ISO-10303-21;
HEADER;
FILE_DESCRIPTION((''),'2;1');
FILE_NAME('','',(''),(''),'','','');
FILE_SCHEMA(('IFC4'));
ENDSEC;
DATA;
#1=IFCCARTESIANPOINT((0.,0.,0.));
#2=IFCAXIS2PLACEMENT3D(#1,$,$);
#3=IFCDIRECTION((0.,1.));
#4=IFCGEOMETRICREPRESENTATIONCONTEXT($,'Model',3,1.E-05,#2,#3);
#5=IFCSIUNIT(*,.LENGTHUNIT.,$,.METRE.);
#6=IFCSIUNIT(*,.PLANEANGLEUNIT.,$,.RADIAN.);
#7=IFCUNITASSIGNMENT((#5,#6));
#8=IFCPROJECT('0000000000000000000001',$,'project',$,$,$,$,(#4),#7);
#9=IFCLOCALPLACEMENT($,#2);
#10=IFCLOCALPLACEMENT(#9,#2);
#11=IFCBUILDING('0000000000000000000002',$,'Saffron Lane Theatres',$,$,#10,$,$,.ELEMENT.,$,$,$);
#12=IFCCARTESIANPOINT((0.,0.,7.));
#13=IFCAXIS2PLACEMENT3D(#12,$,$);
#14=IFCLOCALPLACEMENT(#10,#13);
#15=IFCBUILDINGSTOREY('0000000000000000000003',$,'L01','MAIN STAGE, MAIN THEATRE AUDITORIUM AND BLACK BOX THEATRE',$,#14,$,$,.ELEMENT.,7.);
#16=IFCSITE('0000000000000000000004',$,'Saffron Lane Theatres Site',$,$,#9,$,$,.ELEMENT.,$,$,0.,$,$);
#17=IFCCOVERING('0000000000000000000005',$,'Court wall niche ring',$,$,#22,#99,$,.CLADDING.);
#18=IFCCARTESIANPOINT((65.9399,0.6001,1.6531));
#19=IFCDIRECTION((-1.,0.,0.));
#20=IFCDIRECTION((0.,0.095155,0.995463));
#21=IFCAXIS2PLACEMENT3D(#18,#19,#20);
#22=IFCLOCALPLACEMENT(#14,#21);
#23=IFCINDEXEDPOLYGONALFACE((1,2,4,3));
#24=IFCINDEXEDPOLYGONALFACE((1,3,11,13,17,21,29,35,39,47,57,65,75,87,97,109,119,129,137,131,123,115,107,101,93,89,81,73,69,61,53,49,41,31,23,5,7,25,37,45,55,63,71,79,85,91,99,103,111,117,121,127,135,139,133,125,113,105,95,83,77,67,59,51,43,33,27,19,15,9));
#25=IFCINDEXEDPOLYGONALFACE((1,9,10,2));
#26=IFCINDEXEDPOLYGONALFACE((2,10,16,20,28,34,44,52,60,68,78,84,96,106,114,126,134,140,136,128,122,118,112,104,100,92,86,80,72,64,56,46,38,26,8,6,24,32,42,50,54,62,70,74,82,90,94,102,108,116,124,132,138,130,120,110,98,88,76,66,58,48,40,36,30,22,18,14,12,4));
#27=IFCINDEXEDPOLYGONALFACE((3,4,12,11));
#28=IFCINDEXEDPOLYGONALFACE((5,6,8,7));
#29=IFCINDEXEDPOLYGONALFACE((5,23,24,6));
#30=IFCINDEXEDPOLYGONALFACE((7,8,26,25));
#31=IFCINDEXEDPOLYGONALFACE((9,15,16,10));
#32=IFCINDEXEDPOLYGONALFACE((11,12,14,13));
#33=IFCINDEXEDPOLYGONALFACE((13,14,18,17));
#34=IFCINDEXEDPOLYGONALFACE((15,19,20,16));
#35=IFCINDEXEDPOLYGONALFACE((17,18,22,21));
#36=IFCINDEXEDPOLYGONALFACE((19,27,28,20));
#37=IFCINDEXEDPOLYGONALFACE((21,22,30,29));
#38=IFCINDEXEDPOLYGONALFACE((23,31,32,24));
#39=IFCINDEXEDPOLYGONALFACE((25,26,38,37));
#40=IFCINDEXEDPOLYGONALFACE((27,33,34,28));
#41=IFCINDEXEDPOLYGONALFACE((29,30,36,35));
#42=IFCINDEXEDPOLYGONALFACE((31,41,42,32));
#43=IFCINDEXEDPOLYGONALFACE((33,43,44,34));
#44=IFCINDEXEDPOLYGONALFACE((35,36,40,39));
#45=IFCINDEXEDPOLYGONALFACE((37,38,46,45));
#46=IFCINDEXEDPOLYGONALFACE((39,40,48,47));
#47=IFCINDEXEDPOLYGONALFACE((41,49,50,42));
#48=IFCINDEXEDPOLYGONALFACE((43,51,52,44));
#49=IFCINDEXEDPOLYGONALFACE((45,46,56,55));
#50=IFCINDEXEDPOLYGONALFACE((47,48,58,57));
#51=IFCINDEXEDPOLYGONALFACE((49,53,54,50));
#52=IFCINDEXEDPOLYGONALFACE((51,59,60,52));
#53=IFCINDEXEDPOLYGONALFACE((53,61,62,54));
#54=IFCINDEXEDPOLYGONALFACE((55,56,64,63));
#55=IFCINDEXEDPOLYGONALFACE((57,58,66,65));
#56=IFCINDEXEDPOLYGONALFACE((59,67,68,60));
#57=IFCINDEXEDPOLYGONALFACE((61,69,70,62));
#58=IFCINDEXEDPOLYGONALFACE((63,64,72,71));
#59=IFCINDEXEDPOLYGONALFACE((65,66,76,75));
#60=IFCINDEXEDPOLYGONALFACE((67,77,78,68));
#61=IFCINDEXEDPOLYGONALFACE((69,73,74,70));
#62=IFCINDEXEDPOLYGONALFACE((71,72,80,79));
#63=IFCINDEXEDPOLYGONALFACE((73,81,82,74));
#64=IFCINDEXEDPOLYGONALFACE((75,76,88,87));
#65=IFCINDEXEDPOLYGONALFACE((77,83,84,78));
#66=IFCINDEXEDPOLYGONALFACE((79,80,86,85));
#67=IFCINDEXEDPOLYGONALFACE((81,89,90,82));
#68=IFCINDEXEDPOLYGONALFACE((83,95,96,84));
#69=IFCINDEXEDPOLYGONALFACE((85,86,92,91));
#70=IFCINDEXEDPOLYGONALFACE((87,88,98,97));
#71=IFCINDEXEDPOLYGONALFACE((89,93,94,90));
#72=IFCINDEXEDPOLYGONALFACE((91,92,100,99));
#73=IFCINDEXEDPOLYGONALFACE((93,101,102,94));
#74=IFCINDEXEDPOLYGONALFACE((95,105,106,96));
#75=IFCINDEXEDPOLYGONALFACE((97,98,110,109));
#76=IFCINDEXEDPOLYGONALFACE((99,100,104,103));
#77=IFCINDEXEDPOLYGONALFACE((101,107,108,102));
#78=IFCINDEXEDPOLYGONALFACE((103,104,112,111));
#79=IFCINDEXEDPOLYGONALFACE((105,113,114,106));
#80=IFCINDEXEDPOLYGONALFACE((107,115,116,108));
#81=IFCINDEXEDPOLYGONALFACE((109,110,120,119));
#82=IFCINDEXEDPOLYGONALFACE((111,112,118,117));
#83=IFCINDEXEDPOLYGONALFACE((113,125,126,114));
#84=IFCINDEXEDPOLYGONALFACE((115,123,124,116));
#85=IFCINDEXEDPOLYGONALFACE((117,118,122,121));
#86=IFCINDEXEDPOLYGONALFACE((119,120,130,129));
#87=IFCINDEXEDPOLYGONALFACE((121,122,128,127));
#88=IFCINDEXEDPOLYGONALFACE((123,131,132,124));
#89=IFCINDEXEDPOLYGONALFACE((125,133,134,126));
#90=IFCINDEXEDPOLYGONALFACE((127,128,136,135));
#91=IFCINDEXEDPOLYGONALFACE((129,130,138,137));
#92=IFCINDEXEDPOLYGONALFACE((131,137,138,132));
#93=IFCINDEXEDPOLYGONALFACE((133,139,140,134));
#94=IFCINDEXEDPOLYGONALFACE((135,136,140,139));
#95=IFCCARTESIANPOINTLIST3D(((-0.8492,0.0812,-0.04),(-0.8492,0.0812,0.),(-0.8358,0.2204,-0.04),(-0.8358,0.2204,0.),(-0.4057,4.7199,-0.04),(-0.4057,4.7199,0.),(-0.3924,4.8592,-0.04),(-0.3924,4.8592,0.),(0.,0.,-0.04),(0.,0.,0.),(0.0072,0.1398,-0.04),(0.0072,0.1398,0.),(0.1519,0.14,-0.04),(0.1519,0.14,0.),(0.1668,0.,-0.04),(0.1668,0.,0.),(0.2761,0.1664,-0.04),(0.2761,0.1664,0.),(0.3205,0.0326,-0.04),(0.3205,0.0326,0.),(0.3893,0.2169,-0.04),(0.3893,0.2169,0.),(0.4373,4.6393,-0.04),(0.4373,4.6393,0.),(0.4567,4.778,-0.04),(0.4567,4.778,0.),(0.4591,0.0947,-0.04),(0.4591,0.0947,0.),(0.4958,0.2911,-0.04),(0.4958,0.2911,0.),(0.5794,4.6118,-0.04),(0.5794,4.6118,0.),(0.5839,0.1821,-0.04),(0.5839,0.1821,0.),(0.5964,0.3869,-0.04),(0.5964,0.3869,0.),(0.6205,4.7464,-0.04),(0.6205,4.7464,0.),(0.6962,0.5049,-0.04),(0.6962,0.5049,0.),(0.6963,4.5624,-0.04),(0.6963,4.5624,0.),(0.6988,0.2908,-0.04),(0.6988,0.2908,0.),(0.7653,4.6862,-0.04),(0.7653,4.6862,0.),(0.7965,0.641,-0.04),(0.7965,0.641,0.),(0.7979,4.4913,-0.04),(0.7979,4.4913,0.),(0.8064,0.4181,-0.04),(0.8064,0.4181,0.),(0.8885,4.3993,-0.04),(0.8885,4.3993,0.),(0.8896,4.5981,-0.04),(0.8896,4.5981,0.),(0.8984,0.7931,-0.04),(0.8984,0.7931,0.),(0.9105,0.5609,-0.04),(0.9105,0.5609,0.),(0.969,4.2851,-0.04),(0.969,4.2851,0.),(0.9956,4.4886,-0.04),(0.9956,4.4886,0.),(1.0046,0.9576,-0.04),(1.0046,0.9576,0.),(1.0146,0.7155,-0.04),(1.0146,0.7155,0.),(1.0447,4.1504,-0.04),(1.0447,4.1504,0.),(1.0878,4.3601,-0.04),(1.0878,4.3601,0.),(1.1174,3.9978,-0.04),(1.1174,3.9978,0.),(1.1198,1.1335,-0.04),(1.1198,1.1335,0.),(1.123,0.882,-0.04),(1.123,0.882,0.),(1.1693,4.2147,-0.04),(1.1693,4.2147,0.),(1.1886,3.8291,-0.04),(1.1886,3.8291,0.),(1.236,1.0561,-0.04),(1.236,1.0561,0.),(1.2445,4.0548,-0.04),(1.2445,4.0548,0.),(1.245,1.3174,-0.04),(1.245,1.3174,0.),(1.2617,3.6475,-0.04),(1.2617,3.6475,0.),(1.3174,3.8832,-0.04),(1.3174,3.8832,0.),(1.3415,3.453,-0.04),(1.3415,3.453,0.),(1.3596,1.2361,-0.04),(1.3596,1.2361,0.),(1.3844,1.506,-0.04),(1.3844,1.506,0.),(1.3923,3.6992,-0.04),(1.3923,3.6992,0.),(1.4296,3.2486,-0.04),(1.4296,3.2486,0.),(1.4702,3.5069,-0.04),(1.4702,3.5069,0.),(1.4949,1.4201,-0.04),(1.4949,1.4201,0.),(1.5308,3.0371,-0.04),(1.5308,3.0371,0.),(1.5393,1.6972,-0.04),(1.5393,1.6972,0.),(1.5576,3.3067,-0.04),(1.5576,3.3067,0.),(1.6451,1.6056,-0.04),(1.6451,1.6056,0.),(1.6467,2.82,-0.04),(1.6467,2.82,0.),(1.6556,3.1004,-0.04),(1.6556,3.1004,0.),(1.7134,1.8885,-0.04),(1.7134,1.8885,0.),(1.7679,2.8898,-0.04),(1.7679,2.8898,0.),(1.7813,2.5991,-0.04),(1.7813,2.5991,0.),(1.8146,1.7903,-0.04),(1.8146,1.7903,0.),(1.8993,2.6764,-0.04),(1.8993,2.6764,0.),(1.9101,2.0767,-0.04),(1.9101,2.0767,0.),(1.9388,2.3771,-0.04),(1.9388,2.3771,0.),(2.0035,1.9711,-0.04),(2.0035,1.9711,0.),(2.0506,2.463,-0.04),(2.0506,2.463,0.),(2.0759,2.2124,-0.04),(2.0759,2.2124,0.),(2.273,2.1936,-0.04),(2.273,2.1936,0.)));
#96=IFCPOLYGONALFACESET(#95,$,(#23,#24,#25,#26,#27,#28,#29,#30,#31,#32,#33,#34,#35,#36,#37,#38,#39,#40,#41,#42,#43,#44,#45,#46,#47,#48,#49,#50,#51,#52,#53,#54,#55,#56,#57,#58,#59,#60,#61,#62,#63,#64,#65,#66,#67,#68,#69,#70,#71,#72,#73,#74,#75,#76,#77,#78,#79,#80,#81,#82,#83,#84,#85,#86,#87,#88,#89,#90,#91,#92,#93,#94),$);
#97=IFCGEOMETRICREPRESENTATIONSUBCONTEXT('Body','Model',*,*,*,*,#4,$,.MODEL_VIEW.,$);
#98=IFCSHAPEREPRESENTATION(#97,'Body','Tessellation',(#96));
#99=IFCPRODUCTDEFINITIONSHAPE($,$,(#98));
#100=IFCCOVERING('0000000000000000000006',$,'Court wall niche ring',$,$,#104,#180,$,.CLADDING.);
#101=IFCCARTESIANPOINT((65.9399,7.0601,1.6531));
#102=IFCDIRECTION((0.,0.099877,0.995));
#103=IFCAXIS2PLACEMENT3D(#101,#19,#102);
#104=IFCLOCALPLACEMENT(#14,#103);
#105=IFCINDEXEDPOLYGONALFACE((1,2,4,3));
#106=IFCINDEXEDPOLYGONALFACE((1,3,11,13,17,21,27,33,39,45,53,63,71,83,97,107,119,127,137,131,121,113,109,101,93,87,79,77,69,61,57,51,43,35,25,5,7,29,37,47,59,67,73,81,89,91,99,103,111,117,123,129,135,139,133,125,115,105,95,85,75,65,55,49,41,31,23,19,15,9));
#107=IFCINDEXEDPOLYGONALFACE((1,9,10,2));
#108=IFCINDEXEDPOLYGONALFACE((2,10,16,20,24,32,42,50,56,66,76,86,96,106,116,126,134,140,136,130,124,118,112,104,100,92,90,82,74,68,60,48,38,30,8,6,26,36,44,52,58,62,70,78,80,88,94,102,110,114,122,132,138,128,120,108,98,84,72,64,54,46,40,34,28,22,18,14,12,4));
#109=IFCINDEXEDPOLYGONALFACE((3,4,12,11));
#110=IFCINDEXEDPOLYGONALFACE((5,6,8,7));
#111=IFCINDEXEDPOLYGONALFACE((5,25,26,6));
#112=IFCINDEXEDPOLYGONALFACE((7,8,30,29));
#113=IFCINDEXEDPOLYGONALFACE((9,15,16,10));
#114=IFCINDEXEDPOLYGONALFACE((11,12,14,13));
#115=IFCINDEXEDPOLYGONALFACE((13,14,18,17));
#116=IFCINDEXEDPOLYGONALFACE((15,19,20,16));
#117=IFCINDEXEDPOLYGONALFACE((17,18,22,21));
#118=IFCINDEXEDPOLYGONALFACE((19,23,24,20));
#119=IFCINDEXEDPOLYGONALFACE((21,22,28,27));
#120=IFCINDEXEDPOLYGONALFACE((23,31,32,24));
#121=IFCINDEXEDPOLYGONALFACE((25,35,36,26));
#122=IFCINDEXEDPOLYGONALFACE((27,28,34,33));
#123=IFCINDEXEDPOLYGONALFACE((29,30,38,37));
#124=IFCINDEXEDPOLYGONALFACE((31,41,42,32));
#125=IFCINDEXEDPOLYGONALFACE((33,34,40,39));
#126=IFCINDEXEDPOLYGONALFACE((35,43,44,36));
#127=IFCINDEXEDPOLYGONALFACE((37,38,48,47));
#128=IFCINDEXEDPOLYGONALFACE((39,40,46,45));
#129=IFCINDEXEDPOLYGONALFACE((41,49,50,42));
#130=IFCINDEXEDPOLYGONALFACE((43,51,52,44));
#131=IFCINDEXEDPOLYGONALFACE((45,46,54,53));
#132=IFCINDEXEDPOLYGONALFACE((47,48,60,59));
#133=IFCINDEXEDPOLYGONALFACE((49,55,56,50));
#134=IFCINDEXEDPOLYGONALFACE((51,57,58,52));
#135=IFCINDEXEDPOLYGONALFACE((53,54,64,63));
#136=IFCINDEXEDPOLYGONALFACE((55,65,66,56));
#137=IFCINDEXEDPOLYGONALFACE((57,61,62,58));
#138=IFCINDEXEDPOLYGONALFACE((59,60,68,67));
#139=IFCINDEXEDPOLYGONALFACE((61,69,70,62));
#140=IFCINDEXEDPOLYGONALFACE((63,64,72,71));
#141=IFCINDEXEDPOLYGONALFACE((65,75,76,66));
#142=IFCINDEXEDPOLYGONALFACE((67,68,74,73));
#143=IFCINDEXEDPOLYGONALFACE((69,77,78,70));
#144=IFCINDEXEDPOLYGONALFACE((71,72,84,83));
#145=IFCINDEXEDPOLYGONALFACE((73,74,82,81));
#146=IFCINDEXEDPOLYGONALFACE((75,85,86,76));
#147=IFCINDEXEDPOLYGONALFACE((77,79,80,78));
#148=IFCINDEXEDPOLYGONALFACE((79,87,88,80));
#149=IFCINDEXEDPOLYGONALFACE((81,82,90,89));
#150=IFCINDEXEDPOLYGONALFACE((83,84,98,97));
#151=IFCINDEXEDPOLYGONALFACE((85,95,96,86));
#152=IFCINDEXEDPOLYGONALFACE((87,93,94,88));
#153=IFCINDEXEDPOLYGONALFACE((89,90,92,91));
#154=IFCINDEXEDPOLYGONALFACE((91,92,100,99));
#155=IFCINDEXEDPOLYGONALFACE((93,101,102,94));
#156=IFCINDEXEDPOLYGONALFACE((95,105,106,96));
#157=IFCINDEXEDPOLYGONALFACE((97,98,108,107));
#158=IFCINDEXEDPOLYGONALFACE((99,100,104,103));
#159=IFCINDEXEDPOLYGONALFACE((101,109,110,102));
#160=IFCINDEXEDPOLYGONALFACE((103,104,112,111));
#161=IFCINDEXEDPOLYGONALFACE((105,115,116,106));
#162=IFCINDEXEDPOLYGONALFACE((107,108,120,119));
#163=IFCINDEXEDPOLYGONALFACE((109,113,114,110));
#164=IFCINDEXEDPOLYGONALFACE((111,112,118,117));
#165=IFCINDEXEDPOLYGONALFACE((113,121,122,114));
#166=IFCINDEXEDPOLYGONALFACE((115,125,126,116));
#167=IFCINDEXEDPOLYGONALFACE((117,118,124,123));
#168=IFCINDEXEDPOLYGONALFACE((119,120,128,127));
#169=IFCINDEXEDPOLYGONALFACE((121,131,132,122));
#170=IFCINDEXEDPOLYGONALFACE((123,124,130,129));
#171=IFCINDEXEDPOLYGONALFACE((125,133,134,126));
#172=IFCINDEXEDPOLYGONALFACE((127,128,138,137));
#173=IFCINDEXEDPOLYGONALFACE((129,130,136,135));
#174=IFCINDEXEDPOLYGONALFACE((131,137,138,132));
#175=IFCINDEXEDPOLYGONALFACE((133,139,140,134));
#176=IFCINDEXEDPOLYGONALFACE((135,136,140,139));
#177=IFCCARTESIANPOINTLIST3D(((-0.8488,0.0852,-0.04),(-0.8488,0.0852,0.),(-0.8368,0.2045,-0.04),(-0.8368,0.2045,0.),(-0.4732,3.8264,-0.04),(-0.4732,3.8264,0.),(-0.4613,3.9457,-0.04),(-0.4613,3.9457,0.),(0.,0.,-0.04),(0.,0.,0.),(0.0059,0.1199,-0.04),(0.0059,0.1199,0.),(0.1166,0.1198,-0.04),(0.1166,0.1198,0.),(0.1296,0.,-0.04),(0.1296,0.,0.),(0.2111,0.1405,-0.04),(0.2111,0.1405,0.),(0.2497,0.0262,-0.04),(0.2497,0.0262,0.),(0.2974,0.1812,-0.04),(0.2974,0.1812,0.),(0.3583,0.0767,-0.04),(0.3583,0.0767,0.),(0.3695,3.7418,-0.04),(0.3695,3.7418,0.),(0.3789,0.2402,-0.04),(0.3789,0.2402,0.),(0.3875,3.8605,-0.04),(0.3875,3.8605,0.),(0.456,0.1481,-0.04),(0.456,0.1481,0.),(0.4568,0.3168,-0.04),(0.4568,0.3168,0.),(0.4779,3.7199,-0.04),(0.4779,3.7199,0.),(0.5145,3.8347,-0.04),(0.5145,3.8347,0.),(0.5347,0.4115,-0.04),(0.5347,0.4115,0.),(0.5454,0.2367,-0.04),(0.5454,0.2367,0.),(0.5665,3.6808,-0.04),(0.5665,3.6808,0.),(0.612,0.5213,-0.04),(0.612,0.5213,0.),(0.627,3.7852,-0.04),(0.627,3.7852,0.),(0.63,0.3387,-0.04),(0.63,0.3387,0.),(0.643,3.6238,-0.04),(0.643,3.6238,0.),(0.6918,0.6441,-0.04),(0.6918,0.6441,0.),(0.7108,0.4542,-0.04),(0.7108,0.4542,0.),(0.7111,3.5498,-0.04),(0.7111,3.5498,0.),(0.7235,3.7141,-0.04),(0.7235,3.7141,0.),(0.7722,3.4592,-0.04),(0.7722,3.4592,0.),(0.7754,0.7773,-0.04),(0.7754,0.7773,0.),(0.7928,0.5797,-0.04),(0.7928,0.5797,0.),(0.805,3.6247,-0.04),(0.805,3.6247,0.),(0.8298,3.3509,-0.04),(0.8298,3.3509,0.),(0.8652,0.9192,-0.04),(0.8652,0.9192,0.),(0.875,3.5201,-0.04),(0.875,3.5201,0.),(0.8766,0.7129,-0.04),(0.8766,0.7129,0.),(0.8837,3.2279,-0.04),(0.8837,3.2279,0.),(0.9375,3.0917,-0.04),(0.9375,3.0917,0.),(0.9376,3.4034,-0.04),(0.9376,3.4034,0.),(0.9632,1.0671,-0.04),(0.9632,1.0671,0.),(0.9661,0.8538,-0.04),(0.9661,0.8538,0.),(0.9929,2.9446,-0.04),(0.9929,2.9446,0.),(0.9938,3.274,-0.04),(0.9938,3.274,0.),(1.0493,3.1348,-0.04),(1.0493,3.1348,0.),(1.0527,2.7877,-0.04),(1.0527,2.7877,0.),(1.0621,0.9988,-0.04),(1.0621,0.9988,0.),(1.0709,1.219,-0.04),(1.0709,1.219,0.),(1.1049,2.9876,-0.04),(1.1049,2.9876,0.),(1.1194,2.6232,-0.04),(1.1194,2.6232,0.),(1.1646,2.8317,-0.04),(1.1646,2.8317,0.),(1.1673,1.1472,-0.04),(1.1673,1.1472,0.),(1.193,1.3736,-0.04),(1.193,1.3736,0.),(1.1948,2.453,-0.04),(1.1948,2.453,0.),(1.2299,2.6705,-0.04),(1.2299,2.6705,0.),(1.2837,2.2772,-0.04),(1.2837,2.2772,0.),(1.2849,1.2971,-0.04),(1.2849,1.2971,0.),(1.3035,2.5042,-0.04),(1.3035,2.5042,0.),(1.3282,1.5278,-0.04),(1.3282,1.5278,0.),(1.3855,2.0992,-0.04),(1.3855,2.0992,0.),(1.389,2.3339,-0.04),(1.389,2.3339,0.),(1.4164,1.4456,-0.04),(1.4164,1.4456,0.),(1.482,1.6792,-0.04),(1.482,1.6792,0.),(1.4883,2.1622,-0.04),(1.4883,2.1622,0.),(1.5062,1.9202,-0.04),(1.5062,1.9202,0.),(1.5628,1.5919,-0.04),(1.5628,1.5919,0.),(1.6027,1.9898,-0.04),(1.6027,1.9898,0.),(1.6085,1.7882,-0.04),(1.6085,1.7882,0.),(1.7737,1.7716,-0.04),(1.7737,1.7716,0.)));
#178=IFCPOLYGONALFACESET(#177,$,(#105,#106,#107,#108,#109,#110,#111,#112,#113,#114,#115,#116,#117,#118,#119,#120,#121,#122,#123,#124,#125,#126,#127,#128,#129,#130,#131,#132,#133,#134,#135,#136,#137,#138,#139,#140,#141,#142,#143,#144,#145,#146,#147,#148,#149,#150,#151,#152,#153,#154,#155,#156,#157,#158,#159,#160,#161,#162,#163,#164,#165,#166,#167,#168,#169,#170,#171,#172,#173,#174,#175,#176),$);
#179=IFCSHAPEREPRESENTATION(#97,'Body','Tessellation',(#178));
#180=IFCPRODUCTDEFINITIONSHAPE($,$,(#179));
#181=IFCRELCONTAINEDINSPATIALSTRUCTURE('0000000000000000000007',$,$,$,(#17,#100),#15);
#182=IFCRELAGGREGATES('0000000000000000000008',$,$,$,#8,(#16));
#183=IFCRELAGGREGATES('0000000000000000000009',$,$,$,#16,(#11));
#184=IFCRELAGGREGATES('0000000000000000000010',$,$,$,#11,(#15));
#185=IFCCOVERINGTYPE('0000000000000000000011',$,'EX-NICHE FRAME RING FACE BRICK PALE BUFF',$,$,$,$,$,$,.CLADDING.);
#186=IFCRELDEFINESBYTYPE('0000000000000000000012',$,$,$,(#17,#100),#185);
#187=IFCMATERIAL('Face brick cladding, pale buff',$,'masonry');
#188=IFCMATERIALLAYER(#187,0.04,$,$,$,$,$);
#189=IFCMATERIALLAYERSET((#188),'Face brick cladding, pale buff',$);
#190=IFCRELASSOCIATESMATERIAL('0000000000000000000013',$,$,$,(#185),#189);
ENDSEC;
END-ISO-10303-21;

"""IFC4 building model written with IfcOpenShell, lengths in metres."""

from ifc_helpers import new_model, si_unit, direction, frame, origin, place, context, subcontext, project, spatial, polyline, outline, extrude, material, layer, layer_set, type_object, element, save


model = new_model("IFC4")

# Units and contexts
model_context = context("Model", 3, precision=1e-05, world=origin(), true_north=direction((0.0, 1.0)))
body_context = subcontext(model_context, "Body", "Model", "MODEL_VIEW")
ifc_project = project(units=[si_unit("LENGTHUNIT", "METRE"), si_unit("PLANEANGLEUNIT", "RADIAN")], contexts=[model_context])

# Site, building, storey
site_placement = place(None, origin())
site = spatial("IfcSite", under=ifc_project, at=site_placement, Name="Saffron Lane Theatres Site", CompositionType="ELEMENT", RefElevation=0.0)
building_placement = place(site_placement, origin())
building = spatial("IfcBuilding", under=site, at=building_placement, Name="Saffron Lane Theatres", CompositionType="ELEMENT")
storey_placement = place(building_placement, frame((0.0, 0.0, 7.0)))
storey = spatial("IfcBuildingStorey", under=building, at=storey_placement, Name="L01", Description="MAIN STAGE, MAIN THEATRE AUDITORIUM AND BLACK BOX THEATRE", CompositionType="ELEMENT", Elevation=7.0)

# Coverings
ifc_material_1 = material(Name="Face brick cladding, pale buff", Category="masonry")
ifc_layer_1 = layer(ifc_material_1, 0.04)
ifc_layer_set_1 = layer_set([ifc_layer_1], Name="Face brick cladding, pale buff")
covering_type_1 = type_object("IfcCoveringType", Name="EX-NICHE FRAME RING FACE BRICK PALE BUFF", PredefinedType="CLADDING", material=ifc_layer_set_1)
covering_1_placement = place(storey_placement, frame((65.9399, 0.6001, 1.6531), z_axis=(-1.0, 0.0, 0.0), x_axis=(0.0, 0.095155, 0.995463)))
element("IfcCovering", 1, at=covering_1_placement, inside=storey, type_object=covering_type_1, Name="Court wall niche ring", PredefinedType="CLADDING", context=body_context, shape_type="SweptSolid", body=[
    extrude(outline(polyline([(0.0, 0.0), (0.1668, 0.0), (0.3205, 0.0326), (0.4591, 0.0947), (0.5839, 0.1821), (0.6988, 0.2908), (0.8064, 0.4181), (0.9105, 0.5609), (1.0146, 0.7155), (1.123, 0.882), (1.236, 1.0561), (1.3596, 1.2361), (1.4949, 1.4201), (1.6451, 1.6056), (1.8146, 1.7903), (2.0035, 1.9711), (2.273, 2.1936), (2.0506, 2.463), (1.8993, 2.6764), (1.7679, 2.8898), (1.6556, 3.1004), (1.5576, 3.3067), (1.4702, 3.5069), (1.3923, 3.6992), (1.3174, 3.8832), (1.2445, 4.0548), (1.1693, 4.2147), (1.0878, 4.3601), (0.9956, 4.4886), (0.8896, 4.5981), (0.7653, 4.6862), (0.6205, 4.7464), (0.4567, 4.778), (-0.3924, 4.8592), (-0.4057, 4.7199), (0.4373, 4.6393), (0.5794, 4.6118), (0.6963, 4.5624), (0.7979, 4.4913), (0.8885, 4.3993), (0.969, 4.2851), (1.0447, 4.1504), (1.1174, 3.9978), (1.1886, 3.8291), (1.2617, 3.6475), (1.3415, 3.453), (1.4296, 3.2486), (1.5308, 3.0371), (1.6467, 2.82), (1.7813, 2.5991), (1.9388, 2.3771), (2.0759, 2.2124), (1.9101, 2.0767), (1.7134, 1.8885), (1.5393, 1.6972), (1.3844, 1.506), (1.245, 1.3174), (1.1198, 1.1335), (1.0046, 0.9576), (0.8984, 0.7931), (0.7965, 0.641), (0.6962, 0.5049), (0.5964, 0.3869), (0.4958, 0.2911), (0.3893, 0.2169), (0.2761, 0.1664), (0.1519, 0.14), (0.0072, 0.1398), (-0.8358, 0.2204), (-0.8492, 0.0812), (0.0, 0.0)])), origin(), (0.0, 0.0, -1.0), 0.04),
])
covering_2_placement = place(storey_placement, frame((65.9399, 7.0601, 1.6531), z_axis=(-1.0, 0.0, 0.0), x_axis=(0.0, 0.099877, 0.995)))
element("IfcCovering", 2, at=covering_2_placement, inside=storey, type_object=covering_type_1, Name="Court wall niche ring", PredefinedType="CLADDING", context=body_context, shape_type="SweptSolid", body=[
    extrude(outline(polyline([(0.0, 0.0), (0.1296, 0.0), (0.2497, 0.0262), (0.3583, 0.0767), (0.456, 0.1481), (0.5454, 0.2367), (0.63, 0.3387), (0.7108, 0.4542), (0.7928, 0.5797), (0.8766, 0.7129), (0.9661, 0.8538), (1.0621, 0.9988), (1.1673, 1.1472), (1.2849, 1.2971), (1.4164, 1.4456), (1.5628, 1.5919), (1.7737, 1.7716), (1.6027, 1.9898), (1.4883, 2.1622), (1.389, 2.3339), (1.3035, 2.5042), (1.2299, 2.6705), (1.1646, 2.8317), (1.1049, 2.9876), (1.0493, 3.1348), (0.9938, 3.274), (0.9376, 3.4034), (0.875, 3.5201), (0.805, 3.6247), (0.7235, 3.7141), (0.627, 3.7852), (0.5145, 3.8347), (0.3875, 3.8605), (-0.4613, 3.9457), (-0.4732, 3.8264), (0.3695, 3.7418), (0.4779, 3.7199), (0.5665, 3.6808), (0.643, 3.6238), (0.7111, 3.5498), (0.7722, 3.4592), (0.8298, 3.3509), (0.8837, 3.2279), (0.9375, 3.0917), (0.9929, 2.9446), (1.0527, 2.7877), (1.1194, 2.6232), (1.1948, 2.453), (1.2837, 2.2772), (1.3855, 2.0992), (1.5062, 1.9202), (1.6085, 1.7882), (1.482, 1.6792), (1.3282, 1.5278), (1.193, 1.3736), (1.0709, 1.219), (0.9632, 1.0671), (0.8652, 0.9192), (0.7754, 0.7773), (0.6918, 0.6441), (0.612, 0.5213), (0.5347, 0.4115), (0.4568, 0.3168), (0.3789, 0.2402), (0.2974, 0.1812), (0.2111, 0.1405), (0.1166, 0.1198), (0.0059, 0.1199), (-0.8368, 0.2045), (-0.8488, 0.0852), (0.0, 0.0)])), origin(), (0.0, 0.0, -1.0), 0.04),
])

save(model, "model.ifc")
